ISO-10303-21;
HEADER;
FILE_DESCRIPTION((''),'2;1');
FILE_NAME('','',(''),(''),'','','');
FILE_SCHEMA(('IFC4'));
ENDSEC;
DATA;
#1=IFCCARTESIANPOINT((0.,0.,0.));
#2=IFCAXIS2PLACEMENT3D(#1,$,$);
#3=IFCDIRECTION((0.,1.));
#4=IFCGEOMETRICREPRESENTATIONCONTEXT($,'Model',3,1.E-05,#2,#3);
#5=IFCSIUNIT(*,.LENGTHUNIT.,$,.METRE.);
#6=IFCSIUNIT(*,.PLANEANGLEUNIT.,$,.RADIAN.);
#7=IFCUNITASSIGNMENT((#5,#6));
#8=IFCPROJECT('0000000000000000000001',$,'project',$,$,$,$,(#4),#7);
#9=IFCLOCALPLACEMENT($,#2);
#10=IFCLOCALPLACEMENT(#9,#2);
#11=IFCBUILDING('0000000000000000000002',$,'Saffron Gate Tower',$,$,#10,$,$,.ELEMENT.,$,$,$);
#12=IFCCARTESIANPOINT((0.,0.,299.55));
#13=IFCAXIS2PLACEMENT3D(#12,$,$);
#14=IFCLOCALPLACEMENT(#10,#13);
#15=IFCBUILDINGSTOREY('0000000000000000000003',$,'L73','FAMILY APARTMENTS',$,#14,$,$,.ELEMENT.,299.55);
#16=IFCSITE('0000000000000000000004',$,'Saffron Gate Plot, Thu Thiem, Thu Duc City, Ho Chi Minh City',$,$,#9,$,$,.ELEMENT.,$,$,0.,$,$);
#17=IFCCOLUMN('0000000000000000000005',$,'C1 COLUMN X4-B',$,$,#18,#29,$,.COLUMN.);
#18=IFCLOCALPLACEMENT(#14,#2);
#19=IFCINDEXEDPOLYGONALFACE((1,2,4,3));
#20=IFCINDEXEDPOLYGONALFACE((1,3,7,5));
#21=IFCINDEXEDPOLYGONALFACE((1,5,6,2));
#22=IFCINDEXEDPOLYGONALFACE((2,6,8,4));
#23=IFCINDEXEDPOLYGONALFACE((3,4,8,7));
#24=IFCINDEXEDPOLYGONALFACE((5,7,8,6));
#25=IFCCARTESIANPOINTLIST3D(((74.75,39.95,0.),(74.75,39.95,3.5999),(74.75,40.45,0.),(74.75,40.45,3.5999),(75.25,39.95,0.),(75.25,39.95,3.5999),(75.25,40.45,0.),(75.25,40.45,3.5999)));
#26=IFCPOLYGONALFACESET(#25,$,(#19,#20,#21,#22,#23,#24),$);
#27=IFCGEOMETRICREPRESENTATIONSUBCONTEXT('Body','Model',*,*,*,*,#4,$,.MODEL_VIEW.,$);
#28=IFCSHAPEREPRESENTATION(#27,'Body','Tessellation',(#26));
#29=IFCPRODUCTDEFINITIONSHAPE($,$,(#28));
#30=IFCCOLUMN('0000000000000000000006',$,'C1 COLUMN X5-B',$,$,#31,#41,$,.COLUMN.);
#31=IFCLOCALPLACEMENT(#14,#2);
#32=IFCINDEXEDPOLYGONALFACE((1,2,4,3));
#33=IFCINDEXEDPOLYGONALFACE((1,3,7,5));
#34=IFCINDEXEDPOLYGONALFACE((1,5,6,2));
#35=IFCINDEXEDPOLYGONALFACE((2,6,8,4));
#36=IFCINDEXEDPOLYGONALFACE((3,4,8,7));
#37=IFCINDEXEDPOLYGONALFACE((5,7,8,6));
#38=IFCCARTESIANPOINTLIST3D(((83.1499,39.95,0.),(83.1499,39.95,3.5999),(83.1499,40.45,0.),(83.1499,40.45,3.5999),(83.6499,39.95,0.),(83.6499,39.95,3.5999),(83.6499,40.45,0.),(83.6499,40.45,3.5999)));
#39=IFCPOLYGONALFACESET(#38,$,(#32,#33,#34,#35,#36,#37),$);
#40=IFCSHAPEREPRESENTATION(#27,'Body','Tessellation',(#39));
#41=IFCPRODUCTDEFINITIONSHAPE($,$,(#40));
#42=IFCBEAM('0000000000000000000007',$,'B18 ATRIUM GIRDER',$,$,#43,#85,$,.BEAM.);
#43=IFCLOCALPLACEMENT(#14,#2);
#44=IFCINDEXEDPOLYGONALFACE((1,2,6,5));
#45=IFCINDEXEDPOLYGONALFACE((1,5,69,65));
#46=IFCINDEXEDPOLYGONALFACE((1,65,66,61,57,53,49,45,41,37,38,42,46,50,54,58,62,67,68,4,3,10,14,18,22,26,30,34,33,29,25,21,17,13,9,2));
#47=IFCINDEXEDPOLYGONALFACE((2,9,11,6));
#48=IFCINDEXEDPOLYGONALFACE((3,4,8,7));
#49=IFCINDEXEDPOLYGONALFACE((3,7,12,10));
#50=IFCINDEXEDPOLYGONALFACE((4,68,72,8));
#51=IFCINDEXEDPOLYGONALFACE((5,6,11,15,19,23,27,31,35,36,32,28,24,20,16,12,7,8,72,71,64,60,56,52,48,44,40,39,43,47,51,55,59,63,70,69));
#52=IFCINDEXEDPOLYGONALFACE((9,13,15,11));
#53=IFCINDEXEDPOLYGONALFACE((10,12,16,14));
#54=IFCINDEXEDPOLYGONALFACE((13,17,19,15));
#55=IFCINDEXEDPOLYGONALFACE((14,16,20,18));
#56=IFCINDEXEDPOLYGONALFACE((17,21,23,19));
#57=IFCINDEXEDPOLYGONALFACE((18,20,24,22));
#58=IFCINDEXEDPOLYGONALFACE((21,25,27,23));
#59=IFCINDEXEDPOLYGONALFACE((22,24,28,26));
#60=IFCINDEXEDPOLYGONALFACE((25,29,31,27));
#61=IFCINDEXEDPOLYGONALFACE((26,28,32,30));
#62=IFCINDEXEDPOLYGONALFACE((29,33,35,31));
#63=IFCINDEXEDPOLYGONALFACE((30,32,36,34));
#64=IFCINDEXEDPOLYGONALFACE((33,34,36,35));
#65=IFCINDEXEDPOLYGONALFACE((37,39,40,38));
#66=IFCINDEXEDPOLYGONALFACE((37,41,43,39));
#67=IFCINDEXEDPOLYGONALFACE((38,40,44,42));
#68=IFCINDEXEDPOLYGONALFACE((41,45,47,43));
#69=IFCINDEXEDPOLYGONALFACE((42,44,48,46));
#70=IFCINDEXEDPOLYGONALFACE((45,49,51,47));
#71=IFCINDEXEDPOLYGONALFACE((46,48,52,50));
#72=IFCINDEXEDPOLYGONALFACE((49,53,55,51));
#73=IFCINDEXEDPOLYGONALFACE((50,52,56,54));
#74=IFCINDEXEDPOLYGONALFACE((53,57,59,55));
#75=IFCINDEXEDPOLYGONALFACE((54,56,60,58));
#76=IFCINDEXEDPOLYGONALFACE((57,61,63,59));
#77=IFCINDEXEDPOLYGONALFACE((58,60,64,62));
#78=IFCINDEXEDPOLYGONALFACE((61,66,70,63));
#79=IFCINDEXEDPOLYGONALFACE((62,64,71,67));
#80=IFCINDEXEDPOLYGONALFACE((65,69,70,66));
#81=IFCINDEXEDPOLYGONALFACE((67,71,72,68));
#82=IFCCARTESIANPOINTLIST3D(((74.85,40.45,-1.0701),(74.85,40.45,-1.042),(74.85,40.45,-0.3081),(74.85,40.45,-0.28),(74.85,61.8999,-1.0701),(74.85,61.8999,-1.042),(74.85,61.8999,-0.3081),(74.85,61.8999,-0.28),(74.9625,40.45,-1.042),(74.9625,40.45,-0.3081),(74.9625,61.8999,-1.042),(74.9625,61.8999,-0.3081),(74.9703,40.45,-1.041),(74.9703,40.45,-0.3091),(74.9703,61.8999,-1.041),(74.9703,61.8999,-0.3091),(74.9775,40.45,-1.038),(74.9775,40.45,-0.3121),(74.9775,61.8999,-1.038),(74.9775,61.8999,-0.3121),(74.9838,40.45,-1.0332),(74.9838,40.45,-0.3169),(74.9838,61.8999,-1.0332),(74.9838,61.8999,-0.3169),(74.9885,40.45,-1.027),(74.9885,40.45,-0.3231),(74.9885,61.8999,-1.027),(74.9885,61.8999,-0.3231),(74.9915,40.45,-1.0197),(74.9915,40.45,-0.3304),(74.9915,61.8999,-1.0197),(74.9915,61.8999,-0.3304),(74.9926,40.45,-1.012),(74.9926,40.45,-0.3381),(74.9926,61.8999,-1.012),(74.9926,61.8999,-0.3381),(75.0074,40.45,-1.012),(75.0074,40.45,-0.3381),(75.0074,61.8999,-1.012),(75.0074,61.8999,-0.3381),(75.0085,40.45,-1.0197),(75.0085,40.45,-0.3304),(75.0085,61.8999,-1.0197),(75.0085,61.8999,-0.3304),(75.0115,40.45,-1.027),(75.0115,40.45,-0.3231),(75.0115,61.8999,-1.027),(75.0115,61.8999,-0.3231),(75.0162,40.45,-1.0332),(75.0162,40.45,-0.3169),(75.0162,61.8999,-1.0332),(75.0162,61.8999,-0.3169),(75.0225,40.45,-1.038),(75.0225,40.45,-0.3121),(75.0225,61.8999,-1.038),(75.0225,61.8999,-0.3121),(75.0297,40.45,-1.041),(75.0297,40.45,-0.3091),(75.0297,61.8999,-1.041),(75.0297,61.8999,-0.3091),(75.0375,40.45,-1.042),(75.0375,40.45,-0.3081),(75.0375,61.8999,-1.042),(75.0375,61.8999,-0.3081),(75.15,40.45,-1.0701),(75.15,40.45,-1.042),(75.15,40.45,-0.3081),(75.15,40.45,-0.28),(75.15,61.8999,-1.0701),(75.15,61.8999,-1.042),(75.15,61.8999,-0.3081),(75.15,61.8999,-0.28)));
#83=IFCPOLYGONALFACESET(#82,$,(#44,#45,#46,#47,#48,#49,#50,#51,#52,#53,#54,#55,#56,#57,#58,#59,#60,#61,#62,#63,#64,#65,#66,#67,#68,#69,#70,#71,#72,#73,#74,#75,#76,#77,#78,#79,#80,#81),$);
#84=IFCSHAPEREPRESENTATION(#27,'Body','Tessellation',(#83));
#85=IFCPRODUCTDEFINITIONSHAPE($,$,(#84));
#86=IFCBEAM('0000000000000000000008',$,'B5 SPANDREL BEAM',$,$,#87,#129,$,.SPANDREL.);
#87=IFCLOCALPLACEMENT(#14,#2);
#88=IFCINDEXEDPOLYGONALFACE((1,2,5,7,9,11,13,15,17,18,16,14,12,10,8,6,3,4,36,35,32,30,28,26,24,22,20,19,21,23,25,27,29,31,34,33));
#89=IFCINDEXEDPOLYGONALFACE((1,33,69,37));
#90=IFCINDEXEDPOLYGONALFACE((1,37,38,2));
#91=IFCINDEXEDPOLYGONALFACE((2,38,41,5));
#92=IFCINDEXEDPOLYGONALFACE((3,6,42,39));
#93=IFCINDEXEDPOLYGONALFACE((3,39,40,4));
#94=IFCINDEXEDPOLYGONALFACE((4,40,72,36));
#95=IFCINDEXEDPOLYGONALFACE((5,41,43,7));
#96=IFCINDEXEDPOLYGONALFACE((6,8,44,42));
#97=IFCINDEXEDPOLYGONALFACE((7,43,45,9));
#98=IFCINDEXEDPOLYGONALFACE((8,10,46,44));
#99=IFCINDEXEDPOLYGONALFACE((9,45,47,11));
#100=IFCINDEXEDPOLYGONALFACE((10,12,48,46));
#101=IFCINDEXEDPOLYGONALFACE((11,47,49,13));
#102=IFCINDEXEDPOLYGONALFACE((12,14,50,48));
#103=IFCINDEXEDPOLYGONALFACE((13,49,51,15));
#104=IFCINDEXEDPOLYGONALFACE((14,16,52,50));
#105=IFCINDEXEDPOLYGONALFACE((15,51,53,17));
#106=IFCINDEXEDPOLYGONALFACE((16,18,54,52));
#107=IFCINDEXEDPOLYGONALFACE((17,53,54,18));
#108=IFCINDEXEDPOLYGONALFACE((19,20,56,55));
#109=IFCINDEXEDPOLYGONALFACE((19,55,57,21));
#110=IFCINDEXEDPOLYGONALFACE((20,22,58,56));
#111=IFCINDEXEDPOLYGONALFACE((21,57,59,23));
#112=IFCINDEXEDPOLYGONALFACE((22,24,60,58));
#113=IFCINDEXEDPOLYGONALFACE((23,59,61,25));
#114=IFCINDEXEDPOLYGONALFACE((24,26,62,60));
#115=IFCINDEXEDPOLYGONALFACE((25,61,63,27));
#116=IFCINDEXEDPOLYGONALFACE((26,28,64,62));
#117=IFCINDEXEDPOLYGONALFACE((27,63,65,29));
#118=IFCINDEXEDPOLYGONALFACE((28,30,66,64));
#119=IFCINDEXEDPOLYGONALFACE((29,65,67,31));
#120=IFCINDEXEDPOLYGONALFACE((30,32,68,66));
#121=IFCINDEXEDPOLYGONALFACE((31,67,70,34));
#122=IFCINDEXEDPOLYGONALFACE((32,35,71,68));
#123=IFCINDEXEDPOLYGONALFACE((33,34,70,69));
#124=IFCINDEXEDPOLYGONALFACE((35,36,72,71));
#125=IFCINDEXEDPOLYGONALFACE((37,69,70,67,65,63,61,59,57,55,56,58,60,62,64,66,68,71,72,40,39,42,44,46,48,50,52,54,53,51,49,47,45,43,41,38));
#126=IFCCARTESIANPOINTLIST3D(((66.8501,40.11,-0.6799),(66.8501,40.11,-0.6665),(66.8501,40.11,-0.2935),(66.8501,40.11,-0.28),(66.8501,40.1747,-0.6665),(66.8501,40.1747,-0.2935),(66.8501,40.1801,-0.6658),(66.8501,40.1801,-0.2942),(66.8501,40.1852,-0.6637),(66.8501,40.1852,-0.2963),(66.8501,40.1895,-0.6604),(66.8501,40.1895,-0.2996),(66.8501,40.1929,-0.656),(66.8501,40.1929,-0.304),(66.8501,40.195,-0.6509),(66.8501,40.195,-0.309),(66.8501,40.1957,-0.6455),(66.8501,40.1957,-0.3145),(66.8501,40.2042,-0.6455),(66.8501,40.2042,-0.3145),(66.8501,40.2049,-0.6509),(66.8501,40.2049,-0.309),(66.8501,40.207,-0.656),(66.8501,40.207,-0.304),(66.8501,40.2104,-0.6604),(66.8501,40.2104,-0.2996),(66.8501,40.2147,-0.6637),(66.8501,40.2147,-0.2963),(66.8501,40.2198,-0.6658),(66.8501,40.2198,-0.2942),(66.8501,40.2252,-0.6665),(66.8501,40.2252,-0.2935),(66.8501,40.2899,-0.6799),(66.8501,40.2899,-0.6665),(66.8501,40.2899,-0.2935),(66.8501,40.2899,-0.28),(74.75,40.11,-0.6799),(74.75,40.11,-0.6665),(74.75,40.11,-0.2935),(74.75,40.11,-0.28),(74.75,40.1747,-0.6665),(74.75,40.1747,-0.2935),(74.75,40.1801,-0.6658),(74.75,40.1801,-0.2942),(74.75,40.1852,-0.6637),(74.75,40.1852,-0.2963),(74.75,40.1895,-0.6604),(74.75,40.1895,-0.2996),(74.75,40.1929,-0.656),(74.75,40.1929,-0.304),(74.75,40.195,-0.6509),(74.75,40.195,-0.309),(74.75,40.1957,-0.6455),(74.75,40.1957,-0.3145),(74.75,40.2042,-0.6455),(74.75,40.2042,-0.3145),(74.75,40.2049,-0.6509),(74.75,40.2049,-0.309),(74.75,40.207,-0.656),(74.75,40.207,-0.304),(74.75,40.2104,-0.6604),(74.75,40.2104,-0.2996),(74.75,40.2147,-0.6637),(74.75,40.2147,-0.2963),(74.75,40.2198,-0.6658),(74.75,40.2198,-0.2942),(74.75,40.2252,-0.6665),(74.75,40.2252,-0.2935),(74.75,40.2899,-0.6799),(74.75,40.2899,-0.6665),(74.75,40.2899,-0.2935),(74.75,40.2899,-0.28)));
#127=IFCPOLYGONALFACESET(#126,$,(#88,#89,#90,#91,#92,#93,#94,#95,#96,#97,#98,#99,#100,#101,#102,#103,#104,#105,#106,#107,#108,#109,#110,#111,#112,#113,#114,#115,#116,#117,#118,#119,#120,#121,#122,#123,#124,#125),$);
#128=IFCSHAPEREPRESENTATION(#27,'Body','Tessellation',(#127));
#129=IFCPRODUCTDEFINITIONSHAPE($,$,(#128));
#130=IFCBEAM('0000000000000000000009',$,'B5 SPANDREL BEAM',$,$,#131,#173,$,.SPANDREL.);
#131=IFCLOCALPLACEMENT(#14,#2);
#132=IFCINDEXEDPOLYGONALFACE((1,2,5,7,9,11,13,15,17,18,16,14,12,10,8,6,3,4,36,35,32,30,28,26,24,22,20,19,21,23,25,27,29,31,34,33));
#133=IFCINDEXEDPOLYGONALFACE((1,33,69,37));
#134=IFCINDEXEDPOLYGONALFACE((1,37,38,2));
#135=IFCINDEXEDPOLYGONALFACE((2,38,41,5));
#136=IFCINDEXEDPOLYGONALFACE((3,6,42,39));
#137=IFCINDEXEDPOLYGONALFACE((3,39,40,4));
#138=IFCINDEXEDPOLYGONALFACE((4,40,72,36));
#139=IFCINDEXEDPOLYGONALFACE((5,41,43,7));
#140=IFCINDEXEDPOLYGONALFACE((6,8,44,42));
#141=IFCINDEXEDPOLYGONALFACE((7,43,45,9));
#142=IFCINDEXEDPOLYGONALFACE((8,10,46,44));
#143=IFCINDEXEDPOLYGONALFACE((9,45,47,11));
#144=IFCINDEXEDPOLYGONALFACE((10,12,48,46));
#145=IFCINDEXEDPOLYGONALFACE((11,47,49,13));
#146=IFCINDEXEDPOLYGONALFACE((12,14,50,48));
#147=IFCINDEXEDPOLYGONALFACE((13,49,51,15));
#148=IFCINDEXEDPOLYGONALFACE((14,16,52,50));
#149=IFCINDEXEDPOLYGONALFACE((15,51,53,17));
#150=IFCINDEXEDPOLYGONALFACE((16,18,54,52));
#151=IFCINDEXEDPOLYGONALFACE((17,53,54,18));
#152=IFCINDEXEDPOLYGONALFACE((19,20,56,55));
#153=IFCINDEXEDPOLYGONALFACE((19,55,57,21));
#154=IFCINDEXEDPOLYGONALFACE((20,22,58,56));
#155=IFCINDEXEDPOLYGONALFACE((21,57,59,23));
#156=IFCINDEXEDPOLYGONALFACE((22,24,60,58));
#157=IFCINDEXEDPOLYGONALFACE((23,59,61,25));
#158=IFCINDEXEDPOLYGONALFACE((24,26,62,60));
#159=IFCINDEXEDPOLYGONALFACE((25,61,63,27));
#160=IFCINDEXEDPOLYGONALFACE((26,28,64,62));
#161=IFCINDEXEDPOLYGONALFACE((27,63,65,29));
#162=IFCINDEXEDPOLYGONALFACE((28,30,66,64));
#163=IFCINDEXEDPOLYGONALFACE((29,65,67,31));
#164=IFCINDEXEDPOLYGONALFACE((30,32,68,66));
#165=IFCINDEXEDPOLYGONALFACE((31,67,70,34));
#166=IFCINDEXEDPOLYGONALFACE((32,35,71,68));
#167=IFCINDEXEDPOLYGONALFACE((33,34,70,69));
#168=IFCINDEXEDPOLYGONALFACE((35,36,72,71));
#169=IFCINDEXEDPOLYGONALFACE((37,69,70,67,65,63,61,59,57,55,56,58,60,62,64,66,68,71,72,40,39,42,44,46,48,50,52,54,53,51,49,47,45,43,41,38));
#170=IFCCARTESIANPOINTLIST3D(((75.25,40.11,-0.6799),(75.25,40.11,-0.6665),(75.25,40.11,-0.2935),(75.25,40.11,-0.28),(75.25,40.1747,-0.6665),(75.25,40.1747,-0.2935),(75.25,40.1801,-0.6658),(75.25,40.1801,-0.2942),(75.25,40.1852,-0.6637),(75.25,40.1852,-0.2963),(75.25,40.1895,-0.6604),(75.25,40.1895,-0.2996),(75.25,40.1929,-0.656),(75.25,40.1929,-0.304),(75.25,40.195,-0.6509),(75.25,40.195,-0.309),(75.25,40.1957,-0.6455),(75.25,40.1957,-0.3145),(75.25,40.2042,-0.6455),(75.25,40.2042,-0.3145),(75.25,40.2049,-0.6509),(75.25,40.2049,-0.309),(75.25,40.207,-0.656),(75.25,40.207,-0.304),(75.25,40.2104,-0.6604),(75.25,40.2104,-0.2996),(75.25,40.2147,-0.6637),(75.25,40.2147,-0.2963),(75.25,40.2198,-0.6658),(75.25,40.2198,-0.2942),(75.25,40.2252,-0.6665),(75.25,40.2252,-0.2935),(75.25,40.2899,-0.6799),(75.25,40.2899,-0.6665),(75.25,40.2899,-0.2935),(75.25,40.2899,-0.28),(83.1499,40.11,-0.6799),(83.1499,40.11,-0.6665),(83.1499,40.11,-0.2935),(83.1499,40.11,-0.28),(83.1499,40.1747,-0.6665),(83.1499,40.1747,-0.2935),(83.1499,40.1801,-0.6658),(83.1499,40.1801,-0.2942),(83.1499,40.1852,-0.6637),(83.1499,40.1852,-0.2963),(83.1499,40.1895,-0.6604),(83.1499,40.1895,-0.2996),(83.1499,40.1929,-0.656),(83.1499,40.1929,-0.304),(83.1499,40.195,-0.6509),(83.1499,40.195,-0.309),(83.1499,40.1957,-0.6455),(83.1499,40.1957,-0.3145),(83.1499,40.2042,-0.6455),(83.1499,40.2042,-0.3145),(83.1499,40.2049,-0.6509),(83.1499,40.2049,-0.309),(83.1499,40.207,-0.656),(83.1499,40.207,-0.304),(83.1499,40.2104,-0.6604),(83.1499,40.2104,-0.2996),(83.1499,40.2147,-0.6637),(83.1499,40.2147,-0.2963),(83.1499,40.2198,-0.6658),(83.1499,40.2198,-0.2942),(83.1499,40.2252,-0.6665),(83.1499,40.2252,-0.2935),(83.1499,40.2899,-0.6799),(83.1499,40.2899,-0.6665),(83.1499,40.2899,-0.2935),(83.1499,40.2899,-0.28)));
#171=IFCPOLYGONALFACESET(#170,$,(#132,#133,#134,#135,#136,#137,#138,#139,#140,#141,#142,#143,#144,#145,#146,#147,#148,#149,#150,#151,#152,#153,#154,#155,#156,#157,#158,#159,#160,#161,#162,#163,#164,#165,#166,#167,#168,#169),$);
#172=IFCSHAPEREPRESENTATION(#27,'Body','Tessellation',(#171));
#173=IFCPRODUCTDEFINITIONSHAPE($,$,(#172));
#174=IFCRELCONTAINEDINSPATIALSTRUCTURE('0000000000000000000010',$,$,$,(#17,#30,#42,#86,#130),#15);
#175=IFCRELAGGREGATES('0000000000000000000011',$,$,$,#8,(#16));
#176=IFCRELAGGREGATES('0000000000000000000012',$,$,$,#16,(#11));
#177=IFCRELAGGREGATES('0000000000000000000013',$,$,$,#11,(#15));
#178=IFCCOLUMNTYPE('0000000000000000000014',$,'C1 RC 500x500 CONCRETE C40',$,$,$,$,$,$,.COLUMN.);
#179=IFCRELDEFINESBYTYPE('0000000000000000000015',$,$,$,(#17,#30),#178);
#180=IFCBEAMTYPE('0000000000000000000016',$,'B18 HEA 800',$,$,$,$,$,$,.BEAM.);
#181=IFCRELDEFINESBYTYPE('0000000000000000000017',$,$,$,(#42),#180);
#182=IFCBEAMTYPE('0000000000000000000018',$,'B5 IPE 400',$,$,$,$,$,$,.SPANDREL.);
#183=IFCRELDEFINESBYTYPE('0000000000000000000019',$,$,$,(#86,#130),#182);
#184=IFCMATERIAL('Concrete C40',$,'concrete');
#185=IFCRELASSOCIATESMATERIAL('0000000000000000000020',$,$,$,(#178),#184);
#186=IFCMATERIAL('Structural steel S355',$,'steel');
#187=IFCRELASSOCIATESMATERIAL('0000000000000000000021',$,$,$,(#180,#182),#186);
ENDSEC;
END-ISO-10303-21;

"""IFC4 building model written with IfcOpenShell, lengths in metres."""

from ifc_helpers import new_model, si_unit, direction, frame, origin, origin_2d, place, context, subcontext, project, spatial, rectangle, i_section, extrude, material, material_profile, profile_set, type_object, element, save


model = new_model("IFC4")

# Units and contexts
model_context = context("Model", 3, precision=1e-05, world=origin(), true_north=direction((0.0, 1.0)))
body_context = subcontext(model_context, "Body", "Model", "MODEL_VIEW")
ifc_project = project(units=[si_unit("LENGTHUNIT", "METRE"), si_unit("PLANEANGLEUNIT", "RADIAN")], contexts=[model_context])

# Site, building, storey
site_placement = place(None, origin())
site = spatial("IfcSite", under=ifc_project, at=site_placement, Name="Saffron Gate Plot, Thu Thiem, Thu Duc City, Ho Chi Minh City", CompositionType="ELEMENT", RefElevation=0.0)
building_placement = place(site_placement, origin())
building = spatial("IfcBuilding", under=site, at=building_placement, Name="Saffron Gate Tower", CompositionType="ELEMENT")
storey_placement = place(building_placement, frame((0.0, 0.0, 299.55)))
storey = spatial("IfcBuildingStorey", under=building, at=storey_placement, Name="L73", Description="FAMILY APARTMENTS", CompositionType="ELEMENT", Elevation=299.55)

# Columns
ifc_material_1 = material(Name="Concrete C40", Category="concrete")
ifc_material_profile_1 = material_profile(ifc_material_1, rectangle(XDim=0.5, YDim=0.5, at=origin_2d()))
ifc_profile_set_1 = profile_set([ifc_material_profile_1], Name="Concrete C40")
column_type = type_object("IfcColumnType", Name="C1 RC 500x500 CONCRETE C40", PredefinedType="COLUMN", material=ifc_profile_set_1)
for number, where, z_axis, x_axis, name in (
    (1, (75.0, 40.2, 0.0), (0.0, 0.0, 1.0), (1.0, 0.0, 0.0), "C1 COLUMN X4-B"),
    (2, (83.3999, 40.2, 0.0), (0.0, 0.0, 1.0), (1.0, 0.0, 0.0), "C1 COLUMN X5-B"),
):
    element("IfcColumn", number, at=place(storey_placement, frame(where, z_axis=z_axis, x_axis=x_axis)), inside=storey, type_object=column_type, Name=name, PredefinedType="COLUMN", context=body_context, shape_type="SweptSolid", body=[
        extrude(rectangle(XDim=0.5, YDim=0.5, at=origin_2d()), origin(), (0.0, 0.0, 1.0), 3.5999),
    ])

# Beams
ifc_material_2 = material(Name="Structural steel S355", Category="steel")
ifc_material_profile_2 = material_profile(ifc_material_2, i_section(OverallWidth=0.3, OverallDepth=0.79, WebThickness=0.0149, FlangeThickness=0.0281, FilletRadius=0.03, at=origin_2d()))
ifc_profile_set_2 = profile_set([ifc_material_profile_2], Name="Structural steel S355")
beam_type_1 = type_object("IfcBeamType", Name="B18 HEA 800", PredefinedType="BEAM", material=ifc_profile_set_2)
beam_1_placement = place(storey_placement, frame((75.0, 40.45, -0.675), z_axis=(0.0, 1.0, 0.0), x_axis=(-1.0, 0.0, 0.0)))
element("IfcBeam", 3, at=beam_1_placement, inside=storey, type_object=beam_type_1, Name="B18 ATRIUM GIRDER", PredefinedType="BEAM", context=body_context, shape_type="SweptSolid", body=[
    extrude(i_section(OverallWidth=0.3, OverallDepth=0.79, WebThickness=0.0149, FlangeThickness=0.0281, FilletRadius=0.03, at=origin_2d()), origin(), (0.0, 0.0, 1.0), 21.45),
])
ifc_material_profile_3 = material_profile(ifc_material_2, i_section(OverallWidth=0.1799, OverallDepth=0.3999, WebThickness=0.0085, FlangeThickness=0.0134, FilletRadius=0.021, at=origin_2d()))
ifc_profile_set_3 = profile_set([ifc_material_profile_3], Name="Structural steel S355")
beam_type_2 = type_object("IfcBeamType", Name="B5 IPE 400", PredefinedType="SPANDREL", material=ifc_profile_set_3)
for number, where, z_axis, x_axis, name in (
    (4, (66.8501, 40.2, -0.48), (1.0, 0.0, 0.0), (0.0, 1.0, 0.0), "B5 SPANDREL BEAM"),
    (5, (75.25, 40.2, -0.48), (1.0, 0.0, 0.0), (0.0, 1.0, 0.0), "B5 SPANDREL BEAM"),
):
    element("IfcBeam", number, at=place(storey_placement, frame(where, z_axis=z_axis, x_axis=x_axis)), inside=storey, type_object=beam_type_2, Name=name, PredefinedType="SPANDREL", context=body_context, shape_type="SweptSolid", body=[
        extrude(i_section(OverallWidth=0.1799, OverallDepth=0.3999, WebThickness=0.0085, FlangeThickness=0.0134, FilletRadius=0.021, at=origin_2d()), origin(), (0.0, 0.0, 1.0), 7.8999),
    ])

save(model, "model.ifc")
